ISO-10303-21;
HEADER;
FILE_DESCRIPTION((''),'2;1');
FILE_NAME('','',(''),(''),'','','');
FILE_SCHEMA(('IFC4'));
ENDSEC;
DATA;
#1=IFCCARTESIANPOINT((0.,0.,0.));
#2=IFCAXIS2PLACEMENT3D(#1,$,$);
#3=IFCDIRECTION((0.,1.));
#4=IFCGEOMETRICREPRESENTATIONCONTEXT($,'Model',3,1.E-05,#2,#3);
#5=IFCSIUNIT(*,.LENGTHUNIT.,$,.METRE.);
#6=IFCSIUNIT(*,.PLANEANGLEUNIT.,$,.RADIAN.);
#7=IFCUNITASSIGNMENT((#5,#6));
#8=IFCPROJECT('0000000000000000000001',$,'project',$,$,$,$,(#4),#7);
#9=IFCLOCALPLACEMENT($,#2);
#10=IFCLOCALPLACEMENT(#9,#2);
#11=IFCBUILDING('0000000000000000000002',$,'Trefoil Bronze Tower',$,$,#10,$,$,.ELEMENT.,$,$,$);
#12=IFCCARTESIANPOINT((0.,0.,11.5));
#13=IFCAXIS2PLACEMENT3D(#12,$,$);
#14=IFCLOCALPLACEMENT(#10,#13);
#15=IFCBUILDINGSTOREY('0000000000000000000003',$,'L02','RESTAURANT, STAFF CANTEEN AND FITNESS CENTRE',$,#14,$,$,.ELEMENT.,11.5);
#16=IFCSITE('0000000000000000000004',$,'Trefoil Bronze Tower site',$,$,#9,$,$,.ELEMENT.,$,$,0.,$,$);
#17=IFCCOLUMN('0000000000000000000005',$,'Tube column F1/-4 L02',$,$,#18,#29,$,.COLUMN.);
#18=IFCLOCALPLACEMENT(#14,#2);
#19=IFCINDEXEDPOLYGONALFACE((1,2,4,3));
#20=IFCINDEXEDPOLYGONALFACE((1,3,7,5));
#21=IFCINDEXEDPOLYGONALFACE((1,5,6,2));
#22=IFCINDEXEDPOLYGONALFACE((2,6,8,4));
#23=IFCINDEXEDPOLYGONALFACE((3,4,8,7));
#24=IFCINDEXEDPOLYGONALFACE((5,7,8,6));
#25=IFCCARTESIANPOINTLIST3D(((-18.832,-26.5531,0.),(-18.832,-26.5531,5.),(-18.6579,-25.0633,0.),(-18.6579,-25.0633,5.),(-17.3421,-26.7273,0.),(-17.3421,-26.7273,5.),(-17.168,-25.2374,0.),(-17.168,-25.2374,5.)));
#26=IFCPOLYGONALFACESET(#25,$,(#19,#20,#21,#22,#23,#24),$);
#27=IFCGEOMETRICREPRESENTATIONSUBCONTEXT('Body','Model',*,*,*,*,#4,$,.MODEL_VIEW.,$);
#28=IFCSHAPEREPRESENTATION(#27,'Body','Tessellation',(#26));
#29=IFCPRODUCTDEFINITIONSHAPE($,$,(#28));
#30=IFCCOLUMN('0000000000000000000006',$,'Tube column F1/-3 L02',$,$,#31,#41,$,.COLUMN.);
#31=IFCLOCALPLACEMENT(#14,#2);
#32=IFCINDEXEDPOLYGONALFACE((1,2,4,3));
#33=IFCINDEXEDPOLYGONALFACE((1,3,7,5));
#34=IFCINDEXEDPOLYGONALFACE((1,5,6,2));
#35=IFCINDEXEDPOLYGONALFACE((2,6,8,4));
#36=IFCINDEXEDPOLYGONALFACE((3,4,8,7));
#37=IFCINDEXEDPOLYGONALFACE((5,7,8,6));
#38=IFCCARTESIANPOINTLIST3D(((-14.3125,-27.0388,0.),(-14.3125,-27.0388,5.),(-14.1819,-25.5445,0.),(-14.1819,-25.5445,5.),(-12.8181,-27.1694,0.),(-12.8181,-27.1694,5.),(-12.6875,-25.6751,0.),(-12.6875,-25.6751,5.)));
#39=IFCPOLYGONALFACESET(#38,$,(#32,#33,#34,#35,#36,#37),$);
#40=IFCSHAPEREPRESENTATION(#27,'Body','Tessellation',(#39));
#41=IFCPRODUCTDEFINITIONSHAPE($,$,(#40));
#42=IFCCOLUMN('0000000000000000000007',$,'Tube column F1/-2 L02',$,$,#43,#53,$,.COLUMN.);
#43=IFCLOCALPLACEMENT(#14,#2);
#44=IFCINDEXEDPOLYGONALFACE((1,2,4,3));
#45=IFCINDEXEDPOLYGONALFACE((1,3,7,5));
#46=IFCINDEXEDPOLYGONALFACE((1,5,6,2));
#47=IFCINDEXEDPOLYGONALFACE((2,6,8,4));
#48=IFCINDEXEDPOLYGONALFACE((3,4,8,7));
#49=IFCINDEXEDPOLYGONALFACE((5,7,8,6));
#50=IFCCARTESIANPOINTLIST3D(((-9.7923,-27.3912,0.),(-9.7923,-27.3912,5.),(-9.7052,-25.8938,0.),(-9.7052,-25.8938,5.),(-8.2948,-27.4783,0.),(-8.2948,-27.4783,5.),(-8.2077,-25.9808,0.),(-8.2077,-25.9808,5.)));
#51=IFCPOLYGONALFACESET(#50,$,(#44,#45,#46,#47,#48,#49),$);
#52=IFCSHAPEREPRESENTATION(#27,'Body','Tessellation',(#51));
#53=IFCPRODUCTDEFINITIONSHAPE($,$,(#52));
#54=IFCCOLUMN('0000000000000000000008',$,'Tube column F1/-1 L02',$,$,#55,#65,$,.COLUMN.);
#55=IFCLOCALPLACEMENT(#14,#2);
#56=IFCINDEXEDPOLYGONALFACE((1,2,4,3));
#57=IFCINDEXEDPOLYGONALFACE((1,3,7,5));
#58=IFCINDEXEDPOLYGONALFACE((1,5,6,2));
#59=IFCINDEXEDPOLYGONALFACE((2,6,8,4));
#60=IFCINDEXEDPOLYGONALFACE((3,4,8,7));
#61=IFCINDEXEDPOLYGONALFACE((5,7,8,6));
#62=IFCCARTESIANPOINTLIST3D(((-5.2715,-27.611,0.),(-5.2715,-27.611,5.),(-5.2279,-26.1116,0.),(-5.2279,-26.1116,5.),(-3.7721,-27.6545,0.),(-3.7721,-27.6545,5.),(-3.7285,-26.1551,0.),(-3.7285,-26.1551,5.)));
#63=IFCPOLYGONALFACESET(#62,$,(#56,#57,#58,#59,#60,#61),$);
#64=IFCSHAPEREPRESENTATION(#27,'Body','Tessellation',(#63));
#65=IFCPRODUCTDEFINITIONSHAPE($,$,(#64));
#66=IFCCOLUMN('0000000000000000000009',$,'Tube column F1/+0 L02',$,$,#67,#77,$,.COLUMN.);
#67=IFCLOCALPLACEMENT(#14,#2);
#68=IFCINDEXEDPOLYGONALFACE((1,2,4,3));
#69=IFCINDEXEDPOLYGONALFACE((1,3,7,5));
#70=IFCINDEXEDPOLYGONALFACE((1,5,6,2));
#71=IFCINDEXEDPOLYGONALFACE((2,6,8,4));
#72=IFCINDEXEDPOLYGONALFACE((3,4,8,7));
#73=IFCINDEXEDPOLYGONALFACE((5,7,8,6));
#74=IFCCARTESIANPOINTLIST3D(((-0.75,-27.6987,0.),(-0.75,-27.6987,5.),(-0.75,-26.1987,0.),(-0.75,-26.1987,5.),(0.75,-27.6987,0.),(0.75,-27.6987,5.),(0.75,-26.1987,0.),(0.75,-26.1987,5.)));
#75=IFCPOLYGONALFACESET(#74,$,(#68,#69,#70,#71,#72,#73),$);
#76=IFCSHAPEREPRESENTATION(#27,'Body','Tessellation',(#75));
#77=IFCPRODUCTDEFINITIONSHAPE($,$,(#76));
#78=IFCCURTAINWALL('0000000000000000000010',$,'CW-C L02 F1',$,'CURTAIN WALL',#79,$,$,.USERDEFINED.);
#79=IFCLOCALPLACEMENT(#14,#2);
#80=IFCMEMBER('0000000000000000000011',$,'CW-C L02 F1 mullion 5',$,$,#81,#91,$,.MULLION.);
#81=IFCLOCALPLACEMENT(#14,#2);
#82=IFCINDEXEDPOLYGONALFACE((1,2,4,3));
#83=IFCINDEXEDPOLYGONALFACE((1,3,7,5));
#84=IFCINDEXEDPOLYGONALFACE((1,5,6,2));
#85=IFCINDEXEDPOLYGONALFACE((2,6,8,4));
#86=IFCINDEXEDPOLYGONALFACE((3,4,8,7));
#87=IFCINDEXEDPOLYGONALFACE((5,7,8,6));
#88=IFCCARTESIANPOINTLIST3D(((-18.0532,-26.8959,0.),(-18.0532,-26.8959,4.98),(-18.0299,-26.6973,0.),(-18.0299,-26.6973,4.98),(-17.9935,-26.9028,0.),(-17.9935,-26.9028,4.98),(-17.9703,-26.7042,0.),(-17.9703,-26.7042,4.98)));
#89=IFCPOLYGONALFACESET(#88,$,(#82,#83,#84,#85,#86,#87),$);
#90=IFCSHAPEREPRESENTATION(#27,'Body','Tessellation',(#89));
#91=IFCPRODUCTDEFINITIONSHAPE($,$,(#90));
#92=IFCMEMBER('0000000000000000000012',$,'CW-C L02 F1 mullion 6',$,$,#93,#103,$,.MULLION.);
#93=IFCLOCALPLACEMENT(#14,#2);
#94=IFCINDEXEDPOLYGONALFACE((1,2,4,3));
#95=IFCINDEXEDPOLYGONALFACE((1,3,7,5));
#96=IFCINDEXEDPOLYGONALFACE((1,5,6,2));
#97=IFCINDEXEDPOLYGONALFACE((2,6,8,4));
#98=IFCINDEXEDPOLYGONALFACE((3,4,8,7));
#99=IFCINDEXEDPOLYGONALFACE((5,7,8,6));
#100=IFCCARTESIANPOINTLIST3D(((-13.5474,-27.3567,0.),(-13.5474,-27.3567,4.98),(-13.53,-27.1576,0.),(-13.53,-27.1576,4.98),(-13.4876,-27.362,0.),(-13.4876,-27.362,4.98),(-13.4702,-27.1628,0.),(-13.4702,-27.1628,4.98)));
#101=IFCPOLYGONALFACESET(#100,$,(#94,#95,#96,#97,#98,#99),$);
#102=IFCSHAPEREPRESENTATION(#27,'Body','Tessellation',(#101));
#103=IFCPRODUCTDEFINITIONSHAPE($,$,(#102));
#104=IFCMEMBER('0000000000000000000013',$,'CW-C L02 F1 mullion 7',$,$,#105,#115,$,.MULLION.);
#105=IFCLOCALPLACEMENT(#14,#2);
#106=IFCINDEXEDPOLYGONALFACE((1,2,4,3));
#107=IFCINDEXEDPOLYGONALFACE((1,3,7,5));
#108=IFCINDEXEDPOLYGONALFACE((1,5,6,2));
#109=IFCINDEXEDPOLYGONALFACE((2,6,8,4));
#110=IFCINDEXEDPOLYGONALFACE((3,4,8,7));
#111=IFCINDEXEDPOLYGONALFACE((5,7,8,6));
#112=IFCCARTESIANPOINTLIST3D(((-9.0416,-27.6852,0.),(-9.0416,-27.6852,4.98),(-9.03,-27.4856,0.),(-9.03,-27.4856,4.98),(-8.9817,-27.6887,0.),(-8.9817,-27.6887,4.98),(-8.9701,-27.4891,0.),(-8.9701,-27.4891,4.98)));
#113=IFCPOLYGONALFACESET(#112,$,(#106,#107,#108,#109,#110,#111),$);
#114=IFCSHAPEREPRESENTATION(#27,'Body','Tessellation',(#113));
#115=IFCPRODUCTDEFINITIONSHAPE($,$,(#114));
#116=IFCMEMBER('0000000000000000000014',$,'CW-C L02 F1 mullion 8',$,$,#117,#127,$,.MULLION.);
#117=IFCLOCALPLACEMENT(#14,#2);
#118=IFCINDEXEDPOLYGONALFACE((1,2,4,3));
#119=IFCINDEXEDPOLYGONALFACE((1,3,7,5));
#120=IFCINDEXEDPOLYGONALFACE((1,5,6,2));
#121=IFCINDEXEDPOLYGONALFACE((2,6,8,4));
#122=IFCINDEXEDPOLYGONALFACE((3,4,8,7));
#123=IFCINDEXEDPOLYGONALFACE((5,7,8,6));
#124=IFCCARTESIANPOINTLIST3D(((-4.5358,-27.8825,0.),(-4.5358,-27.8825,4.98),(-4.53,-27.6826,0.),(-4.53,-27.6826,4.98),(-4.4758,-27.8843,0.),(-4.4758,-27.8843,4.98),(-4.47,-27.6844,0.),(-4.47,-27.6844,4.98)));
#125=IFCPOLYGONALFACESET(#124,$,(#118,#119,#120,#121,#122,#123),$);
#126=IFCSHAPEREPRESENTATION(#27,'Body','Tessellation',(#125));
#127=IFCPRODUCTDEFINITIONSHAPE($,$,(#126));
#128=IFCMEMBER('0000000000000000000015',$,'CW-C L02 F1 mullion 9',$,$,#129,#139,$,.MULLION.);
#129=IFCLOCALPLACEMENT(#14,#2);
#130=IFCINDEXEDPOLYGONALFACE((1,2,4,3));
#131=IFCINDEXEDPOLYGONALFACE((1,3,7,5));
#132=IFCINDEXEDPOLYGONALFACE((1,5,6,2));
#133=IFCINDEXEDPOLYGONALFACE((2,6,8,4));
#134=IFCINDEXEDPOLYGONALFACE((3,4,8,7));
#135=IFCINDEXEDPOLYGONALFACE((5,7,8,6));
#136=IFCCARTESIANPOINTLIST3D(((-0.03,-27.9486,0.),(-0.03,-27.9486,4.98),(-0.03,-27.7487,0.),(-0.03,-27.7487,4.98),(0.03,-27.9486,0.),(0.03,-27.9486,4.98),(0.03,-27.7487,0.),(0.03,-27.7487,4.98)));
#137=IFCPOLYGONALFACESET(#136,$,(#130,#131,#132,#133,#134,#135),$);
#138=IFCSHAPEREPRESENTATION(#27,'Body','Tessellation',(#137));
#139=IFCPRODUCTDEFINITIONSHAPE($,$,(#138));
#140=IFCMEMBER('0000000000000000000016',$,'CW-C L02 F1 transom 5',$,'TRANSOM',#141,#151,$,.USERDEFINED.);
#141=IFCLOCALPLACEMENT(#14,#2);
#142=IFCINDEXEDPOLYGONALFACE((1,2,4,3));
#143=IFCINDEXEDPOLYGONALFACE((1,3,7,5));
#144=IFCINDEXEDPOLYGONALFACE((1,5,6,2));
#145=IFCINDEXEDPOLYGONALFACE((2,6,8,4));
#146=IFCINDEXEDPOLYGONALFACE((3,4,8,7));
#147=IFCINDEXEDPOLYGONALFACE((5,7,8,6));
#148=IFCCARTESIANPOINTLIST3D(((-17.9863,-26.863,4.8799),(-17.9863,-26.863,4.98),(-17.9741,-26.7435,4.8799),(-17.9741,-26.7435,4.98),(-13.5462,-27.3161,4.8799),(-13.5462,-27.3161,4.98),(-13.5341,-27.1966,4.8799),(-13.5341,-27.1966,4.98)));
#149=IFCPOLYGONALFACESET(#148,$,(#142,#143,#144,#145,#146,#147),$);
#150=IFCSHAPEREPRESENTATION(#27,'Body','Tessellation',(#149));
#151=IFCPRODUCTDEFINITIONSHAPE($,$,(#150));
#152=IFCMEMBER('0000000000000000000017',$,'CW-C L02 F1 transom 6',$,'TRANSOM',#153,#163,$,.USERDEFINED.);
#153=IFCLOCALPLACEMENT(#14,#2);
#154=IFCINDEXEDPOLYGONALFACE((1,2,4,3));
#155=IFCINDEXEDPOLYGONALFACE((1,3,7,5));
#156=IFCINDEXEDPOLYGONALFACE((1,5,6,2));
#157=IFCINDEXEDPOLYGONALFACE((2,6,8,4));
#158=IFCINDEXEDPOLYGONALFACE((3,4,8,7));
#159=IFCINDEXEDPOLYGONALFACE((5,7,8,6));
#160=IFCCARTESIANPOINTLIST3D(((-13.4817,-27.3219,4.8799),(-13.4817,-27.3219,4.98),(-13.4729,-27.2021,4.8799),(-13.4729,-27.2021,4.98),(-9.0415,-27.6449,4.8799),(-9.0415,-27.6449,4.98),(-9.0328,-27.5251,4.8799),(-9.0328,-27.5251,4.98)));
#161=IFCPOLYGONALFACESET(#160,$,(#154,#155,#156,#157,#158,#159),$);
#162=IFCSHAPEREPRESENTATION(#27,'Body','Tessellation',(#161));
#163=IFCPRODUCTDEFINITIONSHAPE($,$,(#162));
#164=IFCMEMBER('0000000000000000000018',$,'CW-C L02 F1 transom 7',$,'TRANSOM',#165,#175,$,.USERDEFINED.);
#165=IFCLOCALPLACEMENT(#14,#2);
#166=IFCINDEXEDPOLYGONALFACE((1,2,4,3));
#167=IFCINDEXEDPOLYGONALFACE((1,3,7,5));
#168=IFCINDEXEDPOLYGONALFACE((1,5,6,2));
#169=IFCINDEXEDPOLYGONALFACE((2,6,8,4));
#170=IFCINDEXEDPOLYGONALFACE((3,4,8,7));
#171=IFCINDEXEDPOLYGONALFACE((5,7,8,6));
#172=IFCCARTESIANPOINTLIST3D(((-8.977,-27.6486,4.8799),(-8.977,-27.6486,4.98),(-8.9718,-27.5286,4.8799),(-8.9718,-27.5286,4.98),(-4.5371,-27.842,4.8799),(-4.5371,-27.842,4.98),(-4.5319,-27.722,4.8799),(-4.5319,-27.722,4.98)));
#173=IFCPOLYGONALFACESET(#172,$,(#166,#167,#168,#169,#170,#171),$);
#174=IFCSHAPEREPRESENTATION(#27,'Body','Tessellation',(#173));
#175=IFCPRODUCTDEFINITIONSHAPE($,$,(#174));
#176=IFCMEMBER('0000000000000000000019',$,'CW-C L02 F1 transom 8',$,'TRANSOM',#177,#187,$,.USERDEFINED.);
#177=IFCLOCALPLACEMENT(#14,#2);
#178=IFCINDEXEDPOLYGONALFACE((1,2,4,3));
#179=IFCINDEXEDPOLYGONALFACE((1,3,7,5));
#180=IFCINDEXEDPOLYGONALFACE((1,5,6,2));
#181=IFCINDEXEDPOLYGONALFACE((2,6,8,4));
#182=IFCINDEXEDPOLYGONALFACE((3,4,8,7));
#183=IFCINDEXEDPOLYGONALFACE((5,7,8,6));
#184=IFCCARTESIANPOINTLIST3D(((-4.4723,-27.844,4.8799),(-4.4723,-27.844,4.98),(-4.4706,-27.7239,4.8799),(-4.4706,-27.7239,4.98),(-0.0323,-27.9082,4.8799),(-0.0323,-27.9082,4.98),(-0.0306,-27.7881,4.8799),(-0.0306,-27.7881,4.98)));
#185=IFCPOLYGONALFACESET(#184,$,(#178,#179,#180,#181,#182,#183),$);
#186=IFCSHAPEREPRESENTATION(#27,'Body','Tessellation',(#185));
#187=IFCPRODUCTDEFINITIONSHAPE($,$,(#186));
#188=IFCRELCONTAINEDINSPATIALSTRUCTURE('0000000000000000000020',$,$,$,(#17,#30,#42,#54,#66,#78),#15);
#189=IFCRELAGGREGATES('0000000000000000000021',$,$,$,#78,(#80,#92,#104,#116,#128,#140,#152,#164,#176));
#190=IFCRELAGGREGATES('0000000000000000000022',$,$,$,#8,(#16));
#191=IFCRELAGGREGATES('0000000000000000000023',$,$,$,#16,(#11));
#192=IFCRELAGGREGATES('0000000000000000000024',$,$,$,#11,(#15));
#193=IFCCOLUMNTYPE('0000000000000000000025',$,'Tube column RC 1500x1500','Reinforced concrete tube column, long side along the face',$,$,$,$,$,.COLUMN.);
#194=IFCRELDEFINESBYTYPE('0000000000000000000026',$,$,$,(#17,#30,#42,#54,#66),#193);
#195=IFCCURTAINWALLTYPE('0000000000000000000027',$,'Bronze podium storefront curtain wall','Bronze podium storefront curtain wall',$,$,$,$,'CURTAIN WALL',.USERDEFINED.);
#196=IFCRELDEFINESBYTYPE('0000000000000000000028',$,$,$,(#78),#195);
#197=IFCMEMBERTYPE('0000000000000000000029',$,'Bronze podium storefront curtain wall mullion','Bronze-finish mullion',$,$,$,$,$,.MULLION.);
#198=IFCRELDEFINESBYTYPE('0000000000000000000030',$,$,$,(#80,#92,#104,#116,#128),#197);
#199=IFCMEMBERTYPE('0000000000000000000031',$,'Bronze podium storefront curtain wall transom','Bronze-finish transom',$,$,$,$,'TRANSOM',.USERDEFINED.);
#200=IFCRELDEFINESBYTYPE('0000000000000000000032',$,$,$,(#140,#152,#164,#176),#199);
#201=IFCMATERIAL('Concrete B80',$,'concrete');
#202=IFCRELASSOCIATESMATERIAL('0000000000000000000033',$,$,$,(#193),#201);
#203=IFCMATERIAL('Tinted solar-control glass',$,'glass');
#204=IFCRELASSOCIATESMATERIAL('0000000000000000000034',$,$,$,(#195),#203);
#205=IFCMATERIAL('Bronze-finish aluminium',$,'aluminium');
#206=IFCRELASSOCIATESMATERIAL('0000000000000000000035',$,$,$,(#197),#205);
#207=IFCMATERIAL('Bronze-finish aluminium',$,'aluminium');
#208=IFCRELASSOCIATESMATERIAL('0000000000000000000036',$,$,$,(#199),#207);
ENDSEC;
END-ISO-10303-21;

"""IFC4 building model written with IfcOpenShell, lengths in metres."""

from ifc_helpers import new_model, si_unit, direction, frame, origin, origin_2d, place, context, subcontext, project, spatial, rectangle, extrude, material, material_profile, profile_set, type_object, element, aggregate, save


model = new_model("IFC4")

# Units and contexts
model_context = context("Model", 3, precision=1e-05, world=origin(), true_north=direction((0.0, 1.0)))
body_context = subcontext(model_context, "Body", "Model", "MODEL_VIEW")
ifc_project = project(units=[si_unit("LENGTHUNIT", "METRE"), si_unit("PLANEANGLEUNIT", "RADIAN")], contexts=[model_context])

# Site, building, storey
site_placement = place(None, origin())
site = spatial("IfcSite", under=ifc_project, at=site_placement, Name="Trefoil Bronze Tower site", CompositionType="ELEMENT", RefElevation=0.0)
building_placement = place(site_placement, origin())
building = spatial("IfcBuilding", under=site, at=building_placement, Name="Trefoil Bronze Tower", CompositionType="ELEMENT")
storey_placement = place(building_placement, frame((0.0, 0.0, 11.5)))
storey = spatial("IfcBuildingStorey", under=building, at=storey_placement, Name="L02", Description="RESTAURANT, STAFF CANTEEN AND FITNESS CENTRE", CompositionType="ELEMENT", Elevation=11.5)

# Columns
ifc_material_1 = material(Name="Concrete B80", Category="concrete")
ifc_material_profile_1 = material_profile(ifc_material_1, rectangle(XDim=1.5, YDim=1.5, at=origin_2d()), Name="RC 1500x1500")
ifc_profile_set_1 = profile_set([ifc_material_profile_1], Name="Concrete B80")
column_type = type_object("IfcColumnType", Name="Tube column RC 1500x1500", Description="Reinforced concrete tube column, long side along the face", PredefinedType="COLUMN", material=ifc_profile_set_1)
for number, where, z_axis, x_axis, name in (
    (1, (-18.0, -25.8953, 0.0), (0.0, 0.0, 1.0), (0.993239, -0.116087, 0.0), "Tube column F1/-4 L02"),
    (2, (-13.5, -26.3569, 0.0), (0.0, 0.0, 1.0), (0.996203, -0.087065, 0.0), "Tube column F1/-3 L02"),
    (3, (-9.0, -26.686, 0.0), (0.0, 0.0, 1.0), (0.998314, -0.058043, 0.0), "Tube column F1/-2 L02"),
    (4, (-4.5, -26.8831, 0.0), (0.0, 0.0, 1.0), (0.999579, -0.029022, 0.0), "Tube column F1/-1 L02"),
    (5, (0.0, -26.9487, 0.0), (0.0, 0.0, 1.0), (1.0, 0.0, 0.0), "Tube column F1/+0 L02"),
):
    element("IfcColumn", number, at=place(storey_placement, frame(where, z_axis=z_axis, x_axis=x_axis)), inside=storey, type_object=column_type, Name=name, PredefinedType="COLUMN", context=body_context, shape_type="SweptSolid", body=[
        extrude(rectangle(XDim=1.5, YDim=1.5, at=origin_2d()), origin(), (0.0, 0.0, 1.0), 5.0),
    ])

# Curtain wall, members
ifc_material_2 = material(Name="Tinted solar-control glass", Category="glass")
curtain_wall_type = type_object("IfcCurtainWallType", Name="Bronze podium storefront curtain wall", Description="Bronze podium storefront curtain wall", ElementType="CURTAIN WALL", PredefinedType="USERDEFINED", material=ifc_material_2)
curtain_wall_placement = place(storey_placement, origin())
curtain_wall = element("IfcCurtainWall", 6, at=curtain_wall_placement, inside=storey, type_object=curtain_wall_type, Name="CW-C L02 F1", ObjectType="CURTAIN WALL", PredefinedType="USERDEFINED")
ifc_material_3 = material(Name="Bronze-finish aluminium", Category="aluminium")
ifc_material_profile_2 = material_profile(ifc_material_3, rectangle(XDim=0.2, YDim=0.0601, at=origin_2d()), Name="CW-C mullion")
ifc_profile_set_2 = profile_set([ifc_material_profile_2], Name="Bronze-finish aluminium")
member_type_1 = type_object("IfcMemberType", Name="Bronze podium storefront curtain wall mullion", Description="Bronze-finish mullion", PredefinedType="MULLION", material=ifc_profile_set_2)
member_1_placement = place(storey_placement, frame((-18.0117, -26.8, 0.0), z_axis=(0.0, 0.0, 1.0), x_axis=(0.116087, 0.993239, 0.0)))
member_1 = element("IfcMember", 7, at=member_1_placement, type_object=member_type_1, Name="CW-C L02 F1 mullion 5", PredefinedType="MULLION", context=body_context, shape_type="SweptSolid", body=[
    extrude(rectangle(XDim=0.2, YDim=0.0601, at=origin_2d()), origin(), (0.0, 0.0, 1.0), 4.98),
])
member_2_placement = place(storey_placement, frame((-13.5088, -27.2598, 0.0), z_axis=(0.0, 0.0, 1.0), x_axis=(0.087065, 0.996203, 0.0)))
member_2 = element("IfcMember", 8, at=member_2_placement, type_object=member_type_1, Name="CW-C L02 F1 mullion 6", PredefinedType="MULLION", context=body_context, shape_type="SweptSolid", body=[
    extrude(rectangle(XDim=0.2, YDim=0.0601, at=origin_2d()), origin(), (0.0, 0.0, 1.0), 4.98),
])
member_3_placement = place(storey_placement, frame((-9.0059, -27.5872, 0.0), z_axis=(0.0, 0.0, 1.0), x_axis=(0.058043, 0.998314, 0.0)))
member_3 = element("IfcMember", 9, at=member_3_placement, type_object=member_type_1, Name="CW-C L02 F1 mullion 7", PredefinedType="MULLION", context=body_context, shape_type="SweptSolid", body=[
    extrude(rectangle(XDim=0.2, YDim=0.0601, at=origin_2d()), origin(), (0.0, 0.0, 1.0), 4.98),
])
member_4_placement = place(storey_placement, frame((-4.5029, -27.7834, 0.0), z_axis=(0.0, 0.0, 1.0), x_axis=(0.029022, 0.999579, 0.0)))
member_4 = element("IfcMember", 10, at=member_4_placement, type_object=member_type_1, Name="CW-C L02 F1 mullion 8", PredefinedType="MULLION", context=body_context, shape_type="SweptSolid", body=[
    extrude(rectangle(XDim=0.2, YDim=0.0601, at=origin_2d()), origin(), (0.0, 0.0, 1.0), 4.98),
])
member_5_placement = place(storey_placement, frame((0.0, -27.8486, 0.0), z_axis=(0.0, 0.0, 1.0), x_axis=(0.0, 1.0, 0.0)))
member_5 = element("IfcMember", 11, at=member_5_placement, type_object=member_type_1, Name="CW-C L02 F1 mullion 9", PredefinedType="MULLION", context=body_context, shape_type="SweptSolid", body=[
    extrude(rectangle(XDim=0.2, YDim=0.0601, at=origin_2d()), origin(), (0.0, 0.0, 1.0), 4.98),
])
ifc_material_4 = material(Name="Bronze-finish aluminium", Category="aluminium")
ifc_material_profile_3 = material_profile(ifc_material_4, rectangle(XDim=0.1201, YDim=0.1001, at=origin_2d()), Name="CW-C transom")
ifc_profile_set_3 = profile_set([ifc_material_profile_3], Name="Bronze-finish aluminium")
member_type_2 = type_object("IfcMemberType", Name="Bronze podium storefront curtain wall transom", Description="Bronze-finish transom", ElementType="TRANSOM", PredefinedType="USERDEFINED", material=ifc_profile_set_3)
member_6_placement = place(storey_placement, frame((-17.9802, -26.8032, 4.9299), z_axis=(0.994833, -0.101524, 0.0), x_axis=(0.101524, 0.994833, 0.0)))
member_6 = element("IfcMember", 12, at=member_6_placement, type_object=member_type_2, Name="CW-C L02 F1 transom 5", ObjectType="TRANSOM", PredefinedType="USERDEFINED", context=body_context, shape_type="SweptSolid", body=[
    extrude(rectangle(XDim=0.1201, YDim=0.1001, at=origin_2d()), origin(), (0.0, 0.0, 1.0), 4.4631),
])
member_7_placement = place(storey_placement, frame((-13.4773, -27.262, 4.9299), z_axis=(0.997365, -0.072553, 0.0), x_axis=(0.072553, 0.997365, 0.0)))
member_7 = element("IfcMember", 13, at=member_7_placement, type_object=member_type_2, Name="CW-C L02 F1 transom 6", ObjectType="TRANSOM", PredefinedType="USERDEFINED", context=body_context, shape_type="SweptSolid", body=[
    extrude(rectangle(XDim=0.1201, YDim=0.1001, at=origin_2d()), origin(), (0.0, 0.0, 1.0), 4.4519),
])
member_8_placement = place(storey_placement, frame((-8.9744, -27.5886, 4.9299), z_axis=(0.999053, -0.043509, 0.0), x_axis=(0.043509, 0.999053, 0.0)))
member_8 = element("IfcMember", 14, at=member_8_placement, type_object=member_type_2, Name="CW-C L02 F1 transom 7", ObjectType="TRANSOM", PredefinedType="USERDEFINED", context=body_context, shape_type="SweptSolid", body=[
    extrude(rectangle(XDim=0.1201, YDim=0.1001, at=origin_2d()), origin(), (0.0, 0.0, 1.0), 4.4441),
])
member_9_placement = place(storey_placement, frame((-4.4714, -27.7839, 4.9299), z_axis=(0.999895, -0.01446, 0.0), x_axis=(0.01446, 0.999895, 0.0)))
member_9 = element("IfcMember", 15, at=member_9_placement, type_object=member_type_2, Name="CW-C L02 F1 transom 8", ObjectType="TRANSOM", PredefinedType="USERDEFINED", context=body_context, shape_type="SweptSolid", body=[
    extrude(rectangle(XDim=0.1201, YDim=0.1001, at=origin_2d()), origin(), (0.0, 0.0, 1.0), 4.4404),
])

aggregate(curtain_wall, [member_1, member_2, member_3, member_4, member_5, member_6, member_7, member_8, member_9])

save(model, "model.ifc")
